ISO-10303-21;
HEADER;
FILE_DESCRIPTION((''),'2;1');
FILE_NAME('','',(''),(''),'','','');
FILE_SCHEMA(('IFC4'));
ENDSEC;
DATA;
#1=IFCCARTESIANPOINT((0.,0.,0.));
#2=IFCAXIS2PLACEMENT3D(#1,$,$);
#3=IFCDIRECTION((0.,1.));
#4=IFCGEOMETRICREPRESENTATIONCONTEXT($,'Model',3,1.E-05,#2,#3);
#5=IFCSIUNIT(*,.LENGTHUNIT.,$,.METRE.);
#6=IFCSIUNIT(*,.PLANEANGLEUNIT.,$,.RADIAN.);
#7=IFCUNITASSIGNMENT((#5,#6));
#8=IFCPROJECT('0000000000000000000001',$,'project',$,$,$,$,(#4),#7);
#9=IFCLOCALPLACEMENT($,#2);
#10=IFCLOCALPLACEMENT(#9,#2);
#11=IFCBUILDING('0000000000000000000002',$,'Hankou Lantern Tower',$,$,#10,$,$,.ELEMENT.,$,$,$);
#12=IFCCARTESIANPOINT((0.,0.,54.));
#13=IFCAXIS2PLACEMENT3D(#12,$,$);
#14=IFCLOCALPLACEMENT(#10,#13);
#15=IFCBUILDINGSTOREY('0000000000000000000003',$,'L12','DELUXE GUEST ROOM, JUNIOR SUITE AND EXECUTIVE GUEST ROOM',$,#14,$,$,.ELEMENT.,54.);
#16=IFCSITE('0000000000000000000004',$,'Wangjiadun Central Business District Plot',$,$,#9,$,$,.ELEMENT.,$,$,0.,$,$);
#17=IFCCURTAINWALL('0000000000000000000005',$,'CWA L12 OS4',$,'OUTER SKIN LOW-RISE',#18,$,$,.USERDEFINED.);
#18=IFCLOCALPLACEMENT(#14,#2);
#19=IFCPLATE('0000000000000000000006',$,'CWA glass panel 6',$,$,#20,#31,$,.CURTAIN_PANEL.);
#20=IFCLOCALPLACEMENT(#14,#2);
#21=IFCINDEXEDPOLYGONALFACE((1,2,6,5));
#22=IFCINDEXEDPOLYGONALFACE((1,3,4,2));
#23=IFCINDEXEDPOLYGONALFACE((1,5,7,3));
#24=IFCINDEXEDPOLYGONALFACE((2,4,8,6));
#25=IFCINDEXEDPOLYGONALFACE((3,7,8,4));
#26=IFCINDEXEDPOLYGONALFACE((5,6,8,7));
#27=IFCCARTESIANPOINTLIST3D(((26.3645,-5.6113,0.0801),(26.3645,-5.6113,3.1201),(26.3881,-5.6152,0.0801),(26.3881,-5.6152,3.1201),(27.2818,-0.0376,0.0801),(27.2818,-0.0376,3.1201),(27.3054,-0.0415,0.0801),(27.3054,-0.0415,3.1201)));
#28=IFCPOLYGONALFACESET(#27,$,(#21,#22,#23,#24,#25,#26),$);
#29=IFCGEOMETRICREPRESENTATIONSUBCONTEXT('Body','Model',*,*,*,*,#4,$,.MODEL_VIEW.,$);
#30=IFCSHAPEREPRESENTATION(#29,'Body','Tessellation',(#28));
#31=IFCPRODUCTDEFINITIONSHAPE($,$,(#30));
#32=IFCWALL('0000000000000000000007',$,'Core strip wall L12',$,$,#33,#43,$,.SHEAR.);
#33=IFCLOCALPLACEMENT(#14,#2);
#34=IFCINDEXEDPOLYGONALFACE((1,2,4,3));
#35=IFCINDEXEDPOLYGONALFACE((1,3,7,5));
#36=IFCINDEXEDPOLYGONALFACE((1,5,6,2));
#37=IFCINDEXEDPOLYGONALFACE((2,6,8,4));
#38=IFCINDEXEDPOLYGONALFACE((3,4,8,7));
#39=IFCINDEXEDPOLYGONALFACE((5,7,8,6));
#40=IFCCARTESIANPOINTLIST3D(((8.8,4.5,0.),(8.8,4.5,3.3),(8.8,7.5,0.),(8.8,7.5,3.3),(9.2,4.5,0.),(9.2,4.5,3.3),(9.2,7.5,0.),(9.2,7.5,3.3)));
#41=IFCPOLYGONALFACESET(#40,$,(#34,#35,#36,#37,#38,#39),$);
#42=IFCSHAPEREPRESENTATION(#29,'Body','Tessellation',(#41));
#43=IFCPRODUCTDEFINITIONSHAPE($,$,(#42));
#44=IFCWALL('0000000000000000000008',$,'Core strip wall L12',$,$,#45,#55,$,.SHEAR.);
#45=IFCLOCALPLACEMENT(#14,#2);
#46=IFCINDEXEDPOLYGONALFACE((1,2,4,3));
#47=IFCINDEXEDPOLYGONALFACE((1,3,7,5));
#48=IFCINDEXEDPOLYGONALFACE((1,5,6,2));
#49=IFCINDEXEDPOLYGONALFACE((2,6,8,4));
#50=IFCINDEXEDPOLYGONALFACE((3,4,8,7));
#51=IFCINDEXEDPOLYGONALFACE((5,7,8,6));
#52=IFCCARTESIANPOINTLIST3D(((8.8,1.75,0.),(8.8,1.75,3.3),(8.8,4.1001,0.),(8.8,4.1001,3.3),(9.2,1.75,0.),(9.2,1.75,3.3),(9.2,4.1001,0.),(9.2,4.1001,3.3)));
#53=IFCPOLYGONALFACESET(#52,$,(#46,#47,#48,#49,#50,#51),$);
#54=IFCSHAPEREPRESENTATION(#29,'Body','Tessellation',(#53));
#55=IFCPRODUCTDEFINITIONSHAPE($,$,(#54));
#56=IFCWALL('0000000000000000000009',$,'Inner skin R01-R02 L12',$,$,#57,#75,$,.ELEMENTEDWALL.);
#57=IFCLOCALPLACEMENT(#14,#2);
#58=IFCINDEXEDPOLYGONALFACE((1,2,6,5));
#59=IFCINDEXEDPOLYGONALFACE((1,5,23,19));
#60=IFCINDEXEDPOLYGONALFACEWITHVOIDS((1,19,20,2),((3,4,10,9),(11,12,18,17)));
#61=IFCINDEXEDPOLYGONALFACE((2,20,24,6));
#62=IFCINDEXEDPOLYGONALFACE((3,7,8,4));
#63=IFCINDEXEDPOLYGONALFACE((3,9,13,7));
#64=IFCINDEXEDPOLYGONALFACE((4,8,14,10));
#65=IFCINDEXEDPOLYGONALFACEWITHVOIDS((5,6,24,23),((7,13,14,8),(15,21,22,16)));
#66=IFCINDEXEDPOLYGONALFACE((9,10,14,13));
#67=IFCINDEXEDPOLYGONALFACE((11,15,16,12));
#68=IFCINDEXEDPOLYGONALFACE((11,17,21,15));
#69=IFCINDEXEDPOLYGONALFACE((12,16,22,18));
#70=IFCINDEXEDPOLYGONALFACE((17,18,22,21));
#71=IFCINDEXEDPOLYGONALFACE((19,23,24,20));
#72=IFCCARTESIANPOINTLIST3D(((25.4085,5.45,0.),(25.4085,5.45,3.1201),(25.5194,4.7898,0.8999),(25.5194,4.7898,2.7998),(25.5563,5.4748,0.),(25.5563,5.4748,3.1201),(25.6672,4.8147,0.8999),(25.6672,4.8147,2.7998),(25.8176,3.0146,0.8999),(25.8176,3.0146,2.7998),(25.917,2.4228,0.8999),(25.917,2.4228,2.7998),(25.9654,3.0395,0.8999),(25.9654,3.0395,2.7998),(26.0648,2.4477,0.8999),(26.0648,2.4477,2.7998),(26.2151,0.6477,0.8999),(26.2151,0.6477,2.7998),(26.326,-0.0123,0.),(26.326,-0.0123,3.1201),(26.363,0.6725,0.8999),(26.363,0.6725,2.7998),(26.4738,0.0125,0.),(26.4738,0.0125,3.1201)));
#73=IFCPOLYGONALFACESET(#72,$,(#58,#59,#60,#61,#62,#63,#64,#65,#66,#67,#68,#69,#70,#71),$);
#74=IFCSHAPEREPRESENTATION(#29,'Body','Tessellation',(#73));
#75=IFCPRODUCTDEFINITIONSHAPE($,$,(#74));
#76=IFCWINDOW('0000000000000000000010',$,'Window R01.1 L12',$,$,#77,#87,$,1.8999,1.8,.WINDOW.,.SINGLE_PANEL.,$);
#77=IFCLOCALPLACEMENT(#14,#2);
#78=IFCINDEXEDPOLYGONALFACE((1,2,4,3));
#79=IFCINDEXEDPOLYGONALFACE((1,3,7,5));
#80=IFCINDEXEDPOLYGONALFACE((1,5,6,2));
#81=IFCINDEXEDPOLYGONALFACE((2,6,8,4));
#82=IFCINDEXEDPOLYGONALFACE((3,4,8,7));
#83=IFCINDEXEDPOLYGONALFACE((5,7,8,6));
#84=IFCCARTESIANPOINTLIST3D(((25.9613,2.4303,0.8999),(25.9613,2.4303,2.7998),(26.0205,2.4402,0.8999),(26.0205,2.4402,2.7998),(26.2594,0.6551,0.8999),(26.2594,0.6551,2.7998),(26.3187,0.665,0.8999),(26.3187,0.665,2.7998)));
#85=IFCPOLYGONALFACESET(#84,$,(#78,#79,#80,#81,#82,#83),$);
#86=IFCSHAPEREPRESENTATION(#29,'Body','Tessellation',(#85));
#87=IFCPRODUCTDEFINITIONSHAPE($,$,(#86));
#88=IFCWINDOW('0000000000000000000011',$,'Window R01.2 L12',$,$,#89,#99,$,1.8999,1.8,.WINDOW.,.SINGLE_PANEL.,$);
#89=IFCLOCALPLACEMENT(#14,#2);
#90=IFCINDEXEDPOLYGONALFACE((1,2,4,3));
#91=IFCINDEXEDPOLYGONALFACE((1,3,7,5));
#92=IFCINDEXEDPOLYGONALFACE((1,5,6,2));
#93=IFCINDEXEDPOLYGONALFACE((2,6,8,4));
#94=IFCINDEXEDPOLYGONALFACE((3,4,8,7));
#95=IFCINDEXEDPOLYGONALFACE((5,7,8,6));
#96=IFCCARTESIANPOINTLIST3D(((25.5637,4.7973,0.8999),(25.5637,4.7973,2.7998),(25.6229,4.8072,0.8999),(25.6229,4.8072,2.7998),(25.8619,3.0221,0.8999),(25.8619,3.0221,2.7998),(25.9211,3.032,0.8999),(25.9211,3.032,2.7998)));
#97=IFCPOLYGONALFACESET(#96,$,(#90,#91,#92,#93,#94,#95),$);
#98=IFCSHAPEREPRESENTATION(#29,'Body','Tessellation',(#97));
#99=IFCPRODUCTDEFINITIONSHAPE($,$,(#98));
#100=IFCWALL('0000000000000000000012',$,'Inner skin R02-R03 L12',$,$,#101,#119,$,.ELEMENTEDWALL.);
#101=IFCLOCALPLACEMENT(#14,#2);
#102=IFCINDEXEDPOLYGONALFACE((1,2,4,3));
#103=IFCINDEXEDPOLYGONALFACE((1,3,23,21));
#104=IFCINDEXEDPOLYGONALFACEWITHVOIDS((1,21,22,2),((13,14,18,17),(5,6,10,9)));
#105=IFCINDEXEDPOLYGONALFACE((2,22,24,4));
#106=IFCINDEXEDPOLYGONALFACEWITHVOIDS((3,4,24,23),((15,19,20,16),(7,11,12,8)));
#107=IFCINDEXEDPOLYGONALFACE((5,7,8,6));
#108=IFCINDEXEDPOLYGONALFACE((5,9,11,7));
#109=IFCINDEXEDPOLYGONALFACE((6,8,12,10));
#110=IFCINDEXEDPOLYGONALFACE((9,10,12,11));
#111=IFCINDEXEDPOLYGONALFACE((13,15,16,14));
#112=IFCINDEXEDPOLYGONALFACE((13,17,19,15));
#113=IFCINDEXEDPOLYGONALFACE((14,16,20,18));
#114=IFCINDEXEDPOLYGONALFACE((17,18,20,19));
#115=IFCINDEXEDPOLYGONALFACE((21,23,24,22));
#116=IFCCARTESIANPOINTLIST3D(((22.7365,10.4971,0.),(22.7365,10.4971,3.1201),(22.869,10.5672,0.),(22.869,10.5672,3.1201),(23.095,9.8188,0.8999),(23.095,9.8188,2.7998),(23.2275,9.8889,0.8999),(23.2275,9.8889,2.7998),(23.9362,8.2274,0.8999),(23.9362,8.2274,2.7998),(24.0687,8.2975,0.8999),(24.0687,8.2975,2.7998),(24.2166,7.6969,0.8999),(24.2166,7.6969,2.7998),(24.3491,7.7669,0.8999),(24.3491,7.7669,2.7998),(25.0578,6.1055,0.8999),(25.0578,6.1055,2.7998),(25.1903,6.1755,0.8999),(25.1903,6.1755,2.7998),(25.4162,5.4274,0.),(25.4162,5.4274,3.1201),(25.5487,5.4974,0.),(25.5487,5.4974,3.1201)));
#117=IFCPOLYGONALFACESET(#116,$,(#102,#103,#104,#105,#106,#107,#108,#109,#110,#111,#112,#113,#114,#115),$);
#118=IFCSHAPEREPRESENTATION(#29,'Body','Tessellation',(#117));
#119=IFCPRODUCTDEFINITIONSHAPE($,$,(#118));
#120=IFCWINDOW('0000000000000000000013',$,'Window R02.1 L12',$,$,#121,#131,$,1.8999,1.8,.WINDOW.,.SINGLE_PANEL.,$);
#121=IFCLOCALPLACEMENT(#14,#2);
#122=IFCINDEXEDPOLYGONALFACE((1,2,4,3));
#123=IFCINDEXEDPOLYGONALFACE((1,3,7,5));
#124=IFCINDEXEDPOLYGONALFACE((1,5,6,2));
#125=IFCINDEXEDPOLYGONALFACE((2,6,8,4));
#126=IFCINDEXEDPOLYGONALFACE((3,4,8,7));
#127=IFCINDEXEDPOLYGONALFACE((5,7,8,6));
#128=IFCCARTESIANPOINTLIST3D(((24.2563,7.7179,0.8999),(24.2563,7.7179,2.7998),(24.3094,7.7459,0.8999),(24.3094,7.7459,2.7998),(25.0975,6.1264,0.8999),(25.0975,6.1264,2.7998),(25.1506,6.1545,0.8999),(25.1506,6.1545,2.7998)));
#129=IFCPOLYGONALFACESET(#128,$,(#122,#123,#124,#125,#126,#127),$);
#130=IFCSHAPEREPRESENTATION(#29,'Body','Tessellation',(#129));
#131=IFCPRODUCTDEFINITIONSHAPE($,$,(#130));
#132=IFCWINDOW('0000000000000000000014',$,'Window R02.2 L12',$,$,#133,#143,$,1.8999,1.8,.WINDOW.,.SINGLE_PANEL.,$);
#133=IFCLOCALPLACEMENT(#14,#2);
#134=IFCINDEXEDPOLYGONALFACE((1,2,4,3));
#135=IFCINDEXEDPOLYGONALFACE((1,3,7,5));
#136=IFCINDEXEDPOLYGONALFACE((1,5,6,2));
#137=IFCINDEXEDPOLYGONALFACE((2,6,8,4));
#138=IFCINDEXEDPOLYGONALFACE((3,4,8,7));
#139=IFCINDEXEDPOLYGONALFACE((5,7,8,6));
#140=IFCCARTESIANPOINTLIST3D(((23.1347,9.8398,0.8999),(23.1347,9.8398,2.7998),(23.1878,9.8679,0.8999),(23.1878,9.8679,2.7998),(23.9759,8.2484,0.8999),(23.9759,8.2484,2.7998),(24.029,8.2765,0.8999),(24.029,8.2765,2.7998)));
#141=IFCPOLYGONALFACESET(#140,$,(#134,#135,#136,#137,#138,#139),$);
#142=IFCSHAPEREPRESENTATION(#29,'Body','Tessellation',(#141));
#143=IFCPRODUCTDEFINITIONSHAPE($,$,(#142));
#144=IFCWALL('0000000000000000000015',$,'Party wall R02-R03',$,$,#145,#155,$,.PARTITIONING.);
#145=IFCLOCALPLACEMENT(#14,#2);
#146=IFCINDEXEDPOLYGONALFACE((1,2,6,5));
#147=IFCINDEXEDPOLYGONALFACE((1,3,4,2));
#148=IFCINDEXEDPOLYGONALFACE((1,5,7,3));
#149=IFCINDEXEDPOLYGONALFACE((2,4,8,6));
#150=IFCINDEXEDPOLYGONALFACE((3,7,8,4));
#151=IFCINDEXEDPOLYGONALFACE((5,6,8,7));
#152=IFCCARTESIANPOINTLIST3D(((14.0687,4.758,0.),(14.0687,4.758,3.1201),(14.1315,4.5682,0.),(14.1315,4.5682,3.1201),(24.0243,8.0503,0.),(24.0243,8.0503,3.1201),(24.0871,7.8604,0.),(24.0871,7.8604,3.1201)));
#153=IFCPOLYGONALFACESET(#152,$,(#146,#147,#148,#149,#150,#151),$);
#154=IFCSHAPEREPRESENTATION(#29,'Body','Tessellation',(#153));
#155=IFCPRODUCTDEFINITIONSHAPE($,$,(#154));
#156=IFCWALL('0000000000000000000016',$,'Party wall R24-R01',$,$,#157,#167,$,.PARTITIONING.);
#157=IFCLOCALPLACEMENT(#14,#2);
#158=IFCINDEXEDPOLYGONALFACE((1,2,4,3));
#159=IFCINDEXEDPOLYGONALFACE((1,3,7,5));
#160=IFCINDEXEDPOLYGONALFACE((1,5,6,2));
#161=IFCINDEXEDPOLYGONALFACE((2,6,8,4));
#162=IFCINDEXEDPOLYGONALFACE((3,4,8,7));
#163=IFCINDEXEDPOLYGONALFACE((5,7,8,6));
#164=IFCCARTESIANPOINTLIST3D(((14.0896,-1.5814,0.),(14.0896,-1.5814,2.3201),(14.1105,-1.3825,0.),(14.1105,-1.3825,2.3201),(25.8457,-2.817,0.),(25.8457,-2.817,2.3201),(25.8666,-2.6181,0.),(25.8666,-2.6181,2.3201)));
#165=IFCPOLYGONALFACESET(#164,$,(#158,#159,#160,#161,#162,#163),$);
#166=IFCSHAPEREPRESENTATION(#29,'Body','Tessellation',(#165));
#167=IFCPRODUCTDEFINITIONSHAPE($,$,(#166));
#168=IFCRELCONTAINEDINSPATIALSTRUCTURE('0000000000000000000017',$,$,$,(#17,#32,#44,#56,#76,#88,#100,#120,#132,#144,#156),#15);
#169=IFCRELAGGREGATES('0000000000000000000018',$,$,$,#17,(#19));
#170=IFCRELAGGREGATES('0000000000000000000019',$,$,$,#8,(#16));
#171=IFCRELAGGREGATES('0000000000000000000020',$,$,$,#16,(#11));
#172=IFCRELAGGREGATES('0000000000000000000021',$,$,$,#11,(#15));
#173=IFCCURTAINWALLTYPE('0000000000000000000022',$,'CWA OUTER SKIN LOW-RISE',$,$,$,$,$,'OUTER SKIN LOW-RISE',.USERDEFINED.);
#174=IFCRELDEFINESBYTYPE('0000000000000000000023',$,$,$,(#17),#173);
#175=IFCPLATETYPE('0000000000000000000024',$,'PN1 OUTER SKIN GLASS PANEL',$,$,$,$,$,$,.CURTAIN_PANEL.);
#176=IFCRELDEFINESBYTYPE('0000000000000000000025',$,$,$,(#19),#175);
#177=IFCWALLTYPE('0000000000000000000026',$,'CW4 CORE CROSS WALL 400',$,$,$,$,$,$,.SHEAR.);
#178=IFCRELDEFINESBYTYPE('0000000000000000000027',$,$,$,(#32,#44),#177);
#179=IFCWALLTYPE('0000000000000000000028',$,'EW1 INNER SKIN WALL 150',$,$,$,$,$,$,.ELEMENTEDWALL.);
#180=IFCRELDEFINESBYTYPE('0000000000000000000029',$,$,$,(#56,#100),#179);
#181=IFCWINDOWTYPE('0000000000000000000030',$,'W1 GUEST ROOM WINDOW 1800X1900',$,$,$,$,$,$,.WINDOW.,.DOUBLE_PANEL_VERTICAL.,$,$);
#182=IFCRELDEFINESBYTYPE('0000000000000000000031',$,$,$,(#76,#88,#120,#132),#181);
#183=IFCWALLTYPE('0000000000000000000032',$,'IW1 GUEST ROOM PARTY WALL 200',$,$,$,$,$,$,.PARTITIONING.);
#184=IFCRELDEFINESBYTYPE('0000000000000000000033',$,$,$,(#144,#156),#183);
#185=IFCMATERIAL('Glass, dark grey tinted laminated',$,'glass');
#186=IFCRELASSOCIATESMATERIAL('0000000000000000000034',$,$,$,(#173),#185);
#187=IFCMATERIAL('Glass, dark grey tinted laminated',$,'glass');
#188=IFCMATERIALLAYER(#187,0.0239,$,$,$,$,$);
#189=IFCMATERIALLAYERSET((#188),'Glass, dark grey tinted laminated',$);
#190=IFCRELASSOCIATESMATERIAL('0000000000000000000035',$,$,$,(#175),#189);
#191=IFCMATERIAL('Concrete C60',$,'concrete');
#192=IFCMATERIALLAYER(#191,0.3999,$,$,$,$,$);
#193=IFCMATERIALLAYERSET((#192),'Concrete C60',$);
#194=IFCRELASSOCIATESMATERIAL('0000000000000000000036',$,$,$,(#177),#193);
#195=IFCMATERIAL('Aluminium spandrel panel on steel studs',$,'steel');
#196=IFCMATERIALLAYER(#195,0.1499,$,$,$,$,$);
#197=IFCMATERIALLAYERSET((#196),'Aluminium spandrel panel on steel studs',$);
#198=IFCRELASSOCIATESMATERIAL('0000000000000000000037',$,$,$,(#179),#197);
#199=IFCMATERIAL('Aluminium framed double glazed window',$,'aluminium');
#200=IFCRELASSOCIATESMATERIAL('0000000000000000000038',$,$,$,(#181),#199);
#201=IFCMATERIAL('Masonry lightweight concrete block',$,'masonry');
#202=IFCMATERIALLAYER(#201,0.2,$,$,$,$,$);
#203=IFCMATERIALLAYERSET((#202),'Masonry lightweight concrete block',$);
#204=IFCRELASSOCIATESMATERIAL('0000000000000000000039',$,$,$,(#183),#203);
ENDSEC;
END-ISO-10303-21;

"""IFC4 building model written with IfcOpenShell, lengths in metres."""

from ifc_helpers import new_model, si_unit, direction, frame, frame_2d, origin, origin_2d, place, context, subcontext, project, spatial, rectangle, extrude, material, layer, layer_set, type_object, element, fill, aggregate, save


model = new_model("IFC4")

# Units and contexts
model_context = context("Model", 3, precision=1e-05, world=origin(), true_north=direction((0.0, 1.0)))
body_context = subcontext(model_context, "Body", "Model", "MODEL_VIEW")
ifc_project = project(units=[si_unit("LENGTHUNIT", "METRE"), si_unit("PLANEANGLEUNIT", "RADIAN")], contexts=[model_context])

# Site, building, storey
site_placement = place(None, origin())
site = spatial("IfcSite", under=ifc_project, at=site_placement, Name="Wangjiadun Central Business District Plot", CompositionType="ELEMENT", RefElevation=0.0)
building_placement = place(site_placement, origin())
building = spatial("IfcBuilding", under=site, at=building_placement, Name="Hankou Lantern Tower", CompositionType="ELEMENT")
storey_placement = place(building_placement, frame((0.0, 0.0, 54.0)))
storey = spatial("IfcBuildingStorey", under=building, at=storey_placement, Name="L12", Description="DELUXE GUEST ROOM, JUNIOR SUITE AND EXECUTIVE GUEST ROOM", CompositionType="ELEMENT", Elevation=54.0)

# Shared definitions
ifc_material_1 = material(Name="Glass, dark grey tinted laminated", Category="glass")
curtain_wall_type = type_object("IfcCurtainWallType", Name="CWA OUTER SKIN LOW-RISE", ElementType="OUTER SKIN LOW-RISE", PredefinedType="USERDEFINED", material=ifc_material_1)

# Shared definitions
ifc_material_2 = material(Name="Glass, dark grey tinted laminated", Category="glass")
ifc_layer_1 = layer(ifc_material_2, 0.0239)
ifc_layer_set_1 = layer_set([ifc_layer_1], Name="Glass, dark grey tinted laminated")
plate_type = type_object("IfcPlateType", Name="PN1 OUTER SKIN GLASS PANEL", PredefinedType="CURTAIN_PANEL", material=ifc_layer_set_1)

# Curtain wall, plate
curtain_wall_1_placement = place(storey_placement, origin())
curtain_wall_1 = element("IfcCurtainWall", 1, at=curtain_wall_1_placement, inside=storey, type_object=curtain_wall_type, Name="CWA L12 OS4", ObjectType="OUTER SKIN LOW-RISE", PredefinedType="USERDEFINED")
plate_1_placement = place(storey_placement, frame((26.835, -2.8264, 0.0801), z_axis=(0.0, 0.0, 1.0), x_axis=(0.162382, 0.986728, 0.0)))
plate_1 = element("IfcPlate", 2, at=plate_1_placement, type_object=plate_type, Name="CWA glass panel 6", PredefinedType="CURTAIN_PANEL", context=body_context, shape_type="SweptSolid", body=[
    extrude(rectangle(XDim=5.6487, YDim=0.0239, at=origin_2d()), origin(), (0.0, 0.0, 1.0), 3.04),
])
aggregate(curtain_wall_1, [plate_1])

# Walls
ifc_material_3 = material(Name="Concrete C60", Category="concrete")
ifc_layer_2 = layer(ifc_material_3, 0.3999)
ifc_layer_set_2 = layer_set([ifc_layer_2], Name="Concrete C60")
wall_type_1 = type_object("IfcWallType", Name="CW4 CORE CROSS WALL 400", PredefinedType="SHEAR", material=ifc_layer_set_2)
wall_1_placement = place(storey_placement, frame((9.0, 4.5, 0.0), z_axis=(0.0, 0.0, 1.0), x_axis=(0.0, 1.0, 0.0)))
element("IfcWall", 3, at=wall_1_placement, inside=storey, type_object=wall_type_1, Name="Core strip wall L12", PredefinedType="SHEAR", context=body_context, shape_type="SweptSolid", body=[
    extrude(rectangle(XDim=3.0, YDim=0.3999, at=frame_2d((1.5, 0.0))), origin(), (0.0, 0.0, 1.0), 3.3),
])
wall_2_placement = place(storey_placement, frame((9.0, 1.75, 0.0), z_axis=(0.0, 0.0, 1.0), x_axis=(0.0, 1.0, 0.0)))
element("IfcWall", 4, at=wall_2_placement, inside=storey, type_object=wall_type_1, Name="Core strip wall L12", PredefinedType="SHEAR", context=body_context, shape_type="SweptSolid", body=[
    extrude(rectangle(XDim=2.3501, YDim=0.3999, at=frame_2d((1.175, 0.0))), origin(), (0.0, 0.0, 1.0), 3.3),
])

# Walls, openings, windows
ifc_material_4 = material(Name="Aluminium spandrel panel on steel studs", Category="steel")
ifc_layer_3 = layer(ifc_material_4, 0.1499)
ifc_layer_set_3 = layer_set([ifc_layer_3], Name="Aluminium spandrel panel on steel studs")
wall_type_2 = type_object("IfcWallType", Name="EW1 INNER SKIN WALL 150", PredefinedType="ELEMENTEDWALL", material=ifc_layer_set_3)
wall_3_placement = place(storey_placement, frame((26.3999, 0.0, 0.0), z_axis=(0.0, 0.0, 1.0), x_axis=(-0.165643, 0.986186, 0.0)))
wall_3 = element("IfcWall", 5, at=wall_3_placement, inside=storey, type_object=wall_type_2, Name="Inner skin R01-R02 L12", PredefinedType="ELEMENTEDWALL", context=body_context, shape_type="SweptSolid", body=[
    extrude(rectangle(XDim=5.5388, YDim=0.1499, at=frame_2d((2.7695, 0.0))), origin(), (0.0, 0.0, 1.0), 3.1201),
])
opening_1_placement = place(wall_3_placement, frame((0.6694, 0.0, 0.8999)))
opening_1 = element("IfcOpeningElement", 6, at=opening_1_placement, cuts=wall_3, PredefinedType="OPENING", context=body_context, shape_type="SweptSolid", body=[
    extrude(rectangle(XDim=1.8, YDim=1.8999, at=frame_2d((0.8999, 0.95))), frame((0.0, 0.085, 0.0), z_axis=(0.0, -1.0, 0.0), x_axis=(1.0, 0.0, 0.0)), (0.0, 0.0, 1.0), 0.1699),
])
opening_2_placement = place(wall_3_placement, frame((3.0696, 0.0, 0.8999)))
opening_2 = element("IfcOpeningElement", 7, at=opening_2_placement, cuts=wall_3, PredefinedType="OPENING", context=body_context, shape_type="SweptSolid", body=[
    extrude(rectangle(XDim=1.8, YDim=1.8999, at=frame_2d((0.8999, 0.95))), frame((0.0, 0.085, 0.0), z_axis=(0.0, -1.0, 0.0), x_axis=(1.0, 0.0, 0.0)), (0.0, 0.0, 1.0), 0.1699),
])
ifc_material_5 = material(Name="Aluminium framed double glazed window", Category="aluminium")
window_type = type_object("IfcWindowType", Name="W1 GUEST ROOM WINDOW 1800X1900", PartitioningType="DOUBLE_PANEL_VERTICAL", PredefinedType="WINDOW", material=ifc_material_5)
window_1_placement = place(opening_1_placement, origin())
window_1 = element("IfcWindow", 8, at=window_1_placement, inside=storey, type_object=window_type, Name="Window R01.1 L12", OverallHeight=1.8999, OverallWidth=1.8, PartitioningType="SINGLE_PANEL", PredefinedType="WINDOW", context=body_context, shape_type="SweptSolid", body=[
    extrude(rectangle(XDim=1.8, YDim=1.8999, at=frame_2d((0.8999, 0.95))), frame((0.0, 0.03, 0.0), z_axis=(0.0, -1.0, 0.0), x_axis=(1.0, 0.0, 0.0)), (0.0, 0.0, 1.0), 0.0601),
])
fill(opening_1, window_1)
window_2_placement = place(opening_2_placement, origin())
window_2 = element("IfcWindow", 9, at=window_2_placement, inside=storey, type_object=window_type, Name="Window R01.2 L12", OverallHeight=1.8999, OverallWidth=1.8, PartitioningType="SINGLE_PANEL", PredefinedType="WINDOW", context=body_context, shape_type="SweptSolid", body=[
    extrude(rectangle(XDim=1.8, YDim=1.8999, at=frame_2d((0.8999, 0.95))), frame((0.0, 0.03, 0.0), z_axis=(0.0, -1.0, 0.0), x_axis=(1.0, 0.0, 0.0)), (0.0, 0.0, 1.0), 0.0601),
])
fill(opening_2, window_2)
wall_4_placement = place(storey_placement, frame((25.4824, 5.4624, 0.0), z_axis=(0.0, 0.0, 1.0), x_axis=(-0.467297, 0.8841, 0.0)))
wall_4 = element("IfcWall", 10, at=wall_4_placement, inside=storey, type_object=wall_type_2, Name="Inner skin R02-R03 L12", PredefinedType="ELEMENTEDWALL", context=body_context, shape_type="SweptSolid", body=[
    extrude(rectangle(XDim=5.7344, YDim=0.1499, at=frame_2d((2.8672, 0.0))), origin(), (0.0, 0.0, 1.0), 3.1201),
])
opening_3_placement = place(wall_4_placement, frame((0.7671, 0.0, 0.8999)))
opening_3 = element("IfcOpeningElement", 11, at=opening_3_placement, cuts=wall_4, PredefinedType="OPENING", context=body_context, shape_type="SweptSolid", body=[
    extrude(rectangle(XDim=1.8, YDim=1.8999, at=frame_2d((0.8999, 0.95))), frame((0.0, 0.085, 0.0), z_axis=(0.0, -1.0, 0.0), x_axis=(1.0, 0.0, 0.0)), (0.0, 0.0, 1.0), 0.1699),
])
opening_4_placement = place(wall_4_placement, frame((3.1672, 0.0, 0.8999)))
opening_4 = element("IfcOpeningElement", 12, at=opening_4_placement, cuts=wall_4, PredefinedType="OPENING", context=body_context, shape_type="SweptSolid", body=[
    extrude(rectangle(XDim=1.8, YDim=1.8999, at=frame_2d((0.8999, 0.95))), frame((0.0, 0.085, 0.0), z_axis=(0.0, -1.0, 0.0), x_axis=(1.0, 0.0, 0.0)), (0.0, 0.0, 1.0), 0.1699),
])
window_3_placement = place(opening_3_placement, origin())
window_3 = element("IfcWindow", 13, at=window_3_placement, inside=storey, type_object=window_type, Name="Window R02.1 L12", OverallHeight=1.8999, OverallWidth=1.8, PartitioningType="SINGLE_PANEL", PredefinedType="WINDOW", context=body_context, shape_type="SweptSolid", body=[
    extrude(rectangle(XDim=1.8, YDim=1.8999, at=frame_2d((0.8999, 0.95))), frame((0.0, 0.03, 0.0), z_axis=(0.0, -1.0, 0.0), x_axis=(1.0, 0.0, 0.0)), (0.0, 0.0, 1.0), 0.0601),
])
fill(opening_3, window_3)
window_4_placement = place(opening_4_placement, origin())
window_4 = element("IfcWindow", 14, at=window_4_placement, inside=storey, type_object=window_type, Name="Window R02.2 L12", OverallHeight=1.8999, OverallWidth=1.8, PartitioningType="SINGLE_PANEL", PredefinedType="WINDOW", context=body_context, shape_type="SweptSolid", body=[
    extrude(rectangle(XDim=1.8, YDim=1.8999, at=frame_2d((0.8999, 0.95))), frame((0.0, 0.03, 0.0), z_axis=(0.0, -1.0, 0.0), x_axis=(1.0, 0.0, 0.0)), (0.0, 0.0, 1.0), 0.0601),
])
fill(opening_4, window_4)

# Walls
ifc_material_6 = material(Name="Masonry lightweight concrete block", Category="masonry")
ifc_layer_4 = layer(ifc_material_6, 0.2)
ifc_layer_set_4 = layer_set([ifc_layer_4], Name="Masonry lightweight concrete block")
wall_type_3 = type_object("IfcWallType", Name="IW1 GUEST ROOM PARTY WALL 200", PredefinedType="PARTITIONING", material=ifc_layer_set_4)
wall_5_placement = place(storey_placement, frame((14.1001, 4.6631, 0.0), z_axis=(0.0, 0.0, 1.0), x_axis=(0.949433, 0.313971, 0.0)))
element("IfcWall", 15, at=wall_5_placement, inside=storey, type_object=wall_type_3, Name="Party wall R02-R03", PredefinedType="PARTITIONING", context=body_context, shape_type="SweptSolid", body=[
    extrude(rectangle(XDim=10.4858, YDim=0.2, at=frame_2d((5.2429, 0.0))), origin(), (0.0, 0.0, 1.0), 3.1201),
])
wall_6_placement = place(storey_placement, frame((14.1001, -1.4819, 0.0), z_axis=(0.0, 0.0, 1.0), x_axis=(0.994522, -0.104527, 0.0)))
element("IfcWall", 16, at=wall_6_placement, inside=storey, type_object=wall_type_3, Name="Party wall R24-R01", PredefinedType="PARTITIONING", context=body_context, shape_type="SweptSolid", body=[
    extrude(rectangle(XDim=11.8208, YDim=0.2, at=frame_2d((5.9104, 0.0))), origin(), (0.0, 0.0, 1.0), 2.3201),
])

save(model, "model.ifc")
